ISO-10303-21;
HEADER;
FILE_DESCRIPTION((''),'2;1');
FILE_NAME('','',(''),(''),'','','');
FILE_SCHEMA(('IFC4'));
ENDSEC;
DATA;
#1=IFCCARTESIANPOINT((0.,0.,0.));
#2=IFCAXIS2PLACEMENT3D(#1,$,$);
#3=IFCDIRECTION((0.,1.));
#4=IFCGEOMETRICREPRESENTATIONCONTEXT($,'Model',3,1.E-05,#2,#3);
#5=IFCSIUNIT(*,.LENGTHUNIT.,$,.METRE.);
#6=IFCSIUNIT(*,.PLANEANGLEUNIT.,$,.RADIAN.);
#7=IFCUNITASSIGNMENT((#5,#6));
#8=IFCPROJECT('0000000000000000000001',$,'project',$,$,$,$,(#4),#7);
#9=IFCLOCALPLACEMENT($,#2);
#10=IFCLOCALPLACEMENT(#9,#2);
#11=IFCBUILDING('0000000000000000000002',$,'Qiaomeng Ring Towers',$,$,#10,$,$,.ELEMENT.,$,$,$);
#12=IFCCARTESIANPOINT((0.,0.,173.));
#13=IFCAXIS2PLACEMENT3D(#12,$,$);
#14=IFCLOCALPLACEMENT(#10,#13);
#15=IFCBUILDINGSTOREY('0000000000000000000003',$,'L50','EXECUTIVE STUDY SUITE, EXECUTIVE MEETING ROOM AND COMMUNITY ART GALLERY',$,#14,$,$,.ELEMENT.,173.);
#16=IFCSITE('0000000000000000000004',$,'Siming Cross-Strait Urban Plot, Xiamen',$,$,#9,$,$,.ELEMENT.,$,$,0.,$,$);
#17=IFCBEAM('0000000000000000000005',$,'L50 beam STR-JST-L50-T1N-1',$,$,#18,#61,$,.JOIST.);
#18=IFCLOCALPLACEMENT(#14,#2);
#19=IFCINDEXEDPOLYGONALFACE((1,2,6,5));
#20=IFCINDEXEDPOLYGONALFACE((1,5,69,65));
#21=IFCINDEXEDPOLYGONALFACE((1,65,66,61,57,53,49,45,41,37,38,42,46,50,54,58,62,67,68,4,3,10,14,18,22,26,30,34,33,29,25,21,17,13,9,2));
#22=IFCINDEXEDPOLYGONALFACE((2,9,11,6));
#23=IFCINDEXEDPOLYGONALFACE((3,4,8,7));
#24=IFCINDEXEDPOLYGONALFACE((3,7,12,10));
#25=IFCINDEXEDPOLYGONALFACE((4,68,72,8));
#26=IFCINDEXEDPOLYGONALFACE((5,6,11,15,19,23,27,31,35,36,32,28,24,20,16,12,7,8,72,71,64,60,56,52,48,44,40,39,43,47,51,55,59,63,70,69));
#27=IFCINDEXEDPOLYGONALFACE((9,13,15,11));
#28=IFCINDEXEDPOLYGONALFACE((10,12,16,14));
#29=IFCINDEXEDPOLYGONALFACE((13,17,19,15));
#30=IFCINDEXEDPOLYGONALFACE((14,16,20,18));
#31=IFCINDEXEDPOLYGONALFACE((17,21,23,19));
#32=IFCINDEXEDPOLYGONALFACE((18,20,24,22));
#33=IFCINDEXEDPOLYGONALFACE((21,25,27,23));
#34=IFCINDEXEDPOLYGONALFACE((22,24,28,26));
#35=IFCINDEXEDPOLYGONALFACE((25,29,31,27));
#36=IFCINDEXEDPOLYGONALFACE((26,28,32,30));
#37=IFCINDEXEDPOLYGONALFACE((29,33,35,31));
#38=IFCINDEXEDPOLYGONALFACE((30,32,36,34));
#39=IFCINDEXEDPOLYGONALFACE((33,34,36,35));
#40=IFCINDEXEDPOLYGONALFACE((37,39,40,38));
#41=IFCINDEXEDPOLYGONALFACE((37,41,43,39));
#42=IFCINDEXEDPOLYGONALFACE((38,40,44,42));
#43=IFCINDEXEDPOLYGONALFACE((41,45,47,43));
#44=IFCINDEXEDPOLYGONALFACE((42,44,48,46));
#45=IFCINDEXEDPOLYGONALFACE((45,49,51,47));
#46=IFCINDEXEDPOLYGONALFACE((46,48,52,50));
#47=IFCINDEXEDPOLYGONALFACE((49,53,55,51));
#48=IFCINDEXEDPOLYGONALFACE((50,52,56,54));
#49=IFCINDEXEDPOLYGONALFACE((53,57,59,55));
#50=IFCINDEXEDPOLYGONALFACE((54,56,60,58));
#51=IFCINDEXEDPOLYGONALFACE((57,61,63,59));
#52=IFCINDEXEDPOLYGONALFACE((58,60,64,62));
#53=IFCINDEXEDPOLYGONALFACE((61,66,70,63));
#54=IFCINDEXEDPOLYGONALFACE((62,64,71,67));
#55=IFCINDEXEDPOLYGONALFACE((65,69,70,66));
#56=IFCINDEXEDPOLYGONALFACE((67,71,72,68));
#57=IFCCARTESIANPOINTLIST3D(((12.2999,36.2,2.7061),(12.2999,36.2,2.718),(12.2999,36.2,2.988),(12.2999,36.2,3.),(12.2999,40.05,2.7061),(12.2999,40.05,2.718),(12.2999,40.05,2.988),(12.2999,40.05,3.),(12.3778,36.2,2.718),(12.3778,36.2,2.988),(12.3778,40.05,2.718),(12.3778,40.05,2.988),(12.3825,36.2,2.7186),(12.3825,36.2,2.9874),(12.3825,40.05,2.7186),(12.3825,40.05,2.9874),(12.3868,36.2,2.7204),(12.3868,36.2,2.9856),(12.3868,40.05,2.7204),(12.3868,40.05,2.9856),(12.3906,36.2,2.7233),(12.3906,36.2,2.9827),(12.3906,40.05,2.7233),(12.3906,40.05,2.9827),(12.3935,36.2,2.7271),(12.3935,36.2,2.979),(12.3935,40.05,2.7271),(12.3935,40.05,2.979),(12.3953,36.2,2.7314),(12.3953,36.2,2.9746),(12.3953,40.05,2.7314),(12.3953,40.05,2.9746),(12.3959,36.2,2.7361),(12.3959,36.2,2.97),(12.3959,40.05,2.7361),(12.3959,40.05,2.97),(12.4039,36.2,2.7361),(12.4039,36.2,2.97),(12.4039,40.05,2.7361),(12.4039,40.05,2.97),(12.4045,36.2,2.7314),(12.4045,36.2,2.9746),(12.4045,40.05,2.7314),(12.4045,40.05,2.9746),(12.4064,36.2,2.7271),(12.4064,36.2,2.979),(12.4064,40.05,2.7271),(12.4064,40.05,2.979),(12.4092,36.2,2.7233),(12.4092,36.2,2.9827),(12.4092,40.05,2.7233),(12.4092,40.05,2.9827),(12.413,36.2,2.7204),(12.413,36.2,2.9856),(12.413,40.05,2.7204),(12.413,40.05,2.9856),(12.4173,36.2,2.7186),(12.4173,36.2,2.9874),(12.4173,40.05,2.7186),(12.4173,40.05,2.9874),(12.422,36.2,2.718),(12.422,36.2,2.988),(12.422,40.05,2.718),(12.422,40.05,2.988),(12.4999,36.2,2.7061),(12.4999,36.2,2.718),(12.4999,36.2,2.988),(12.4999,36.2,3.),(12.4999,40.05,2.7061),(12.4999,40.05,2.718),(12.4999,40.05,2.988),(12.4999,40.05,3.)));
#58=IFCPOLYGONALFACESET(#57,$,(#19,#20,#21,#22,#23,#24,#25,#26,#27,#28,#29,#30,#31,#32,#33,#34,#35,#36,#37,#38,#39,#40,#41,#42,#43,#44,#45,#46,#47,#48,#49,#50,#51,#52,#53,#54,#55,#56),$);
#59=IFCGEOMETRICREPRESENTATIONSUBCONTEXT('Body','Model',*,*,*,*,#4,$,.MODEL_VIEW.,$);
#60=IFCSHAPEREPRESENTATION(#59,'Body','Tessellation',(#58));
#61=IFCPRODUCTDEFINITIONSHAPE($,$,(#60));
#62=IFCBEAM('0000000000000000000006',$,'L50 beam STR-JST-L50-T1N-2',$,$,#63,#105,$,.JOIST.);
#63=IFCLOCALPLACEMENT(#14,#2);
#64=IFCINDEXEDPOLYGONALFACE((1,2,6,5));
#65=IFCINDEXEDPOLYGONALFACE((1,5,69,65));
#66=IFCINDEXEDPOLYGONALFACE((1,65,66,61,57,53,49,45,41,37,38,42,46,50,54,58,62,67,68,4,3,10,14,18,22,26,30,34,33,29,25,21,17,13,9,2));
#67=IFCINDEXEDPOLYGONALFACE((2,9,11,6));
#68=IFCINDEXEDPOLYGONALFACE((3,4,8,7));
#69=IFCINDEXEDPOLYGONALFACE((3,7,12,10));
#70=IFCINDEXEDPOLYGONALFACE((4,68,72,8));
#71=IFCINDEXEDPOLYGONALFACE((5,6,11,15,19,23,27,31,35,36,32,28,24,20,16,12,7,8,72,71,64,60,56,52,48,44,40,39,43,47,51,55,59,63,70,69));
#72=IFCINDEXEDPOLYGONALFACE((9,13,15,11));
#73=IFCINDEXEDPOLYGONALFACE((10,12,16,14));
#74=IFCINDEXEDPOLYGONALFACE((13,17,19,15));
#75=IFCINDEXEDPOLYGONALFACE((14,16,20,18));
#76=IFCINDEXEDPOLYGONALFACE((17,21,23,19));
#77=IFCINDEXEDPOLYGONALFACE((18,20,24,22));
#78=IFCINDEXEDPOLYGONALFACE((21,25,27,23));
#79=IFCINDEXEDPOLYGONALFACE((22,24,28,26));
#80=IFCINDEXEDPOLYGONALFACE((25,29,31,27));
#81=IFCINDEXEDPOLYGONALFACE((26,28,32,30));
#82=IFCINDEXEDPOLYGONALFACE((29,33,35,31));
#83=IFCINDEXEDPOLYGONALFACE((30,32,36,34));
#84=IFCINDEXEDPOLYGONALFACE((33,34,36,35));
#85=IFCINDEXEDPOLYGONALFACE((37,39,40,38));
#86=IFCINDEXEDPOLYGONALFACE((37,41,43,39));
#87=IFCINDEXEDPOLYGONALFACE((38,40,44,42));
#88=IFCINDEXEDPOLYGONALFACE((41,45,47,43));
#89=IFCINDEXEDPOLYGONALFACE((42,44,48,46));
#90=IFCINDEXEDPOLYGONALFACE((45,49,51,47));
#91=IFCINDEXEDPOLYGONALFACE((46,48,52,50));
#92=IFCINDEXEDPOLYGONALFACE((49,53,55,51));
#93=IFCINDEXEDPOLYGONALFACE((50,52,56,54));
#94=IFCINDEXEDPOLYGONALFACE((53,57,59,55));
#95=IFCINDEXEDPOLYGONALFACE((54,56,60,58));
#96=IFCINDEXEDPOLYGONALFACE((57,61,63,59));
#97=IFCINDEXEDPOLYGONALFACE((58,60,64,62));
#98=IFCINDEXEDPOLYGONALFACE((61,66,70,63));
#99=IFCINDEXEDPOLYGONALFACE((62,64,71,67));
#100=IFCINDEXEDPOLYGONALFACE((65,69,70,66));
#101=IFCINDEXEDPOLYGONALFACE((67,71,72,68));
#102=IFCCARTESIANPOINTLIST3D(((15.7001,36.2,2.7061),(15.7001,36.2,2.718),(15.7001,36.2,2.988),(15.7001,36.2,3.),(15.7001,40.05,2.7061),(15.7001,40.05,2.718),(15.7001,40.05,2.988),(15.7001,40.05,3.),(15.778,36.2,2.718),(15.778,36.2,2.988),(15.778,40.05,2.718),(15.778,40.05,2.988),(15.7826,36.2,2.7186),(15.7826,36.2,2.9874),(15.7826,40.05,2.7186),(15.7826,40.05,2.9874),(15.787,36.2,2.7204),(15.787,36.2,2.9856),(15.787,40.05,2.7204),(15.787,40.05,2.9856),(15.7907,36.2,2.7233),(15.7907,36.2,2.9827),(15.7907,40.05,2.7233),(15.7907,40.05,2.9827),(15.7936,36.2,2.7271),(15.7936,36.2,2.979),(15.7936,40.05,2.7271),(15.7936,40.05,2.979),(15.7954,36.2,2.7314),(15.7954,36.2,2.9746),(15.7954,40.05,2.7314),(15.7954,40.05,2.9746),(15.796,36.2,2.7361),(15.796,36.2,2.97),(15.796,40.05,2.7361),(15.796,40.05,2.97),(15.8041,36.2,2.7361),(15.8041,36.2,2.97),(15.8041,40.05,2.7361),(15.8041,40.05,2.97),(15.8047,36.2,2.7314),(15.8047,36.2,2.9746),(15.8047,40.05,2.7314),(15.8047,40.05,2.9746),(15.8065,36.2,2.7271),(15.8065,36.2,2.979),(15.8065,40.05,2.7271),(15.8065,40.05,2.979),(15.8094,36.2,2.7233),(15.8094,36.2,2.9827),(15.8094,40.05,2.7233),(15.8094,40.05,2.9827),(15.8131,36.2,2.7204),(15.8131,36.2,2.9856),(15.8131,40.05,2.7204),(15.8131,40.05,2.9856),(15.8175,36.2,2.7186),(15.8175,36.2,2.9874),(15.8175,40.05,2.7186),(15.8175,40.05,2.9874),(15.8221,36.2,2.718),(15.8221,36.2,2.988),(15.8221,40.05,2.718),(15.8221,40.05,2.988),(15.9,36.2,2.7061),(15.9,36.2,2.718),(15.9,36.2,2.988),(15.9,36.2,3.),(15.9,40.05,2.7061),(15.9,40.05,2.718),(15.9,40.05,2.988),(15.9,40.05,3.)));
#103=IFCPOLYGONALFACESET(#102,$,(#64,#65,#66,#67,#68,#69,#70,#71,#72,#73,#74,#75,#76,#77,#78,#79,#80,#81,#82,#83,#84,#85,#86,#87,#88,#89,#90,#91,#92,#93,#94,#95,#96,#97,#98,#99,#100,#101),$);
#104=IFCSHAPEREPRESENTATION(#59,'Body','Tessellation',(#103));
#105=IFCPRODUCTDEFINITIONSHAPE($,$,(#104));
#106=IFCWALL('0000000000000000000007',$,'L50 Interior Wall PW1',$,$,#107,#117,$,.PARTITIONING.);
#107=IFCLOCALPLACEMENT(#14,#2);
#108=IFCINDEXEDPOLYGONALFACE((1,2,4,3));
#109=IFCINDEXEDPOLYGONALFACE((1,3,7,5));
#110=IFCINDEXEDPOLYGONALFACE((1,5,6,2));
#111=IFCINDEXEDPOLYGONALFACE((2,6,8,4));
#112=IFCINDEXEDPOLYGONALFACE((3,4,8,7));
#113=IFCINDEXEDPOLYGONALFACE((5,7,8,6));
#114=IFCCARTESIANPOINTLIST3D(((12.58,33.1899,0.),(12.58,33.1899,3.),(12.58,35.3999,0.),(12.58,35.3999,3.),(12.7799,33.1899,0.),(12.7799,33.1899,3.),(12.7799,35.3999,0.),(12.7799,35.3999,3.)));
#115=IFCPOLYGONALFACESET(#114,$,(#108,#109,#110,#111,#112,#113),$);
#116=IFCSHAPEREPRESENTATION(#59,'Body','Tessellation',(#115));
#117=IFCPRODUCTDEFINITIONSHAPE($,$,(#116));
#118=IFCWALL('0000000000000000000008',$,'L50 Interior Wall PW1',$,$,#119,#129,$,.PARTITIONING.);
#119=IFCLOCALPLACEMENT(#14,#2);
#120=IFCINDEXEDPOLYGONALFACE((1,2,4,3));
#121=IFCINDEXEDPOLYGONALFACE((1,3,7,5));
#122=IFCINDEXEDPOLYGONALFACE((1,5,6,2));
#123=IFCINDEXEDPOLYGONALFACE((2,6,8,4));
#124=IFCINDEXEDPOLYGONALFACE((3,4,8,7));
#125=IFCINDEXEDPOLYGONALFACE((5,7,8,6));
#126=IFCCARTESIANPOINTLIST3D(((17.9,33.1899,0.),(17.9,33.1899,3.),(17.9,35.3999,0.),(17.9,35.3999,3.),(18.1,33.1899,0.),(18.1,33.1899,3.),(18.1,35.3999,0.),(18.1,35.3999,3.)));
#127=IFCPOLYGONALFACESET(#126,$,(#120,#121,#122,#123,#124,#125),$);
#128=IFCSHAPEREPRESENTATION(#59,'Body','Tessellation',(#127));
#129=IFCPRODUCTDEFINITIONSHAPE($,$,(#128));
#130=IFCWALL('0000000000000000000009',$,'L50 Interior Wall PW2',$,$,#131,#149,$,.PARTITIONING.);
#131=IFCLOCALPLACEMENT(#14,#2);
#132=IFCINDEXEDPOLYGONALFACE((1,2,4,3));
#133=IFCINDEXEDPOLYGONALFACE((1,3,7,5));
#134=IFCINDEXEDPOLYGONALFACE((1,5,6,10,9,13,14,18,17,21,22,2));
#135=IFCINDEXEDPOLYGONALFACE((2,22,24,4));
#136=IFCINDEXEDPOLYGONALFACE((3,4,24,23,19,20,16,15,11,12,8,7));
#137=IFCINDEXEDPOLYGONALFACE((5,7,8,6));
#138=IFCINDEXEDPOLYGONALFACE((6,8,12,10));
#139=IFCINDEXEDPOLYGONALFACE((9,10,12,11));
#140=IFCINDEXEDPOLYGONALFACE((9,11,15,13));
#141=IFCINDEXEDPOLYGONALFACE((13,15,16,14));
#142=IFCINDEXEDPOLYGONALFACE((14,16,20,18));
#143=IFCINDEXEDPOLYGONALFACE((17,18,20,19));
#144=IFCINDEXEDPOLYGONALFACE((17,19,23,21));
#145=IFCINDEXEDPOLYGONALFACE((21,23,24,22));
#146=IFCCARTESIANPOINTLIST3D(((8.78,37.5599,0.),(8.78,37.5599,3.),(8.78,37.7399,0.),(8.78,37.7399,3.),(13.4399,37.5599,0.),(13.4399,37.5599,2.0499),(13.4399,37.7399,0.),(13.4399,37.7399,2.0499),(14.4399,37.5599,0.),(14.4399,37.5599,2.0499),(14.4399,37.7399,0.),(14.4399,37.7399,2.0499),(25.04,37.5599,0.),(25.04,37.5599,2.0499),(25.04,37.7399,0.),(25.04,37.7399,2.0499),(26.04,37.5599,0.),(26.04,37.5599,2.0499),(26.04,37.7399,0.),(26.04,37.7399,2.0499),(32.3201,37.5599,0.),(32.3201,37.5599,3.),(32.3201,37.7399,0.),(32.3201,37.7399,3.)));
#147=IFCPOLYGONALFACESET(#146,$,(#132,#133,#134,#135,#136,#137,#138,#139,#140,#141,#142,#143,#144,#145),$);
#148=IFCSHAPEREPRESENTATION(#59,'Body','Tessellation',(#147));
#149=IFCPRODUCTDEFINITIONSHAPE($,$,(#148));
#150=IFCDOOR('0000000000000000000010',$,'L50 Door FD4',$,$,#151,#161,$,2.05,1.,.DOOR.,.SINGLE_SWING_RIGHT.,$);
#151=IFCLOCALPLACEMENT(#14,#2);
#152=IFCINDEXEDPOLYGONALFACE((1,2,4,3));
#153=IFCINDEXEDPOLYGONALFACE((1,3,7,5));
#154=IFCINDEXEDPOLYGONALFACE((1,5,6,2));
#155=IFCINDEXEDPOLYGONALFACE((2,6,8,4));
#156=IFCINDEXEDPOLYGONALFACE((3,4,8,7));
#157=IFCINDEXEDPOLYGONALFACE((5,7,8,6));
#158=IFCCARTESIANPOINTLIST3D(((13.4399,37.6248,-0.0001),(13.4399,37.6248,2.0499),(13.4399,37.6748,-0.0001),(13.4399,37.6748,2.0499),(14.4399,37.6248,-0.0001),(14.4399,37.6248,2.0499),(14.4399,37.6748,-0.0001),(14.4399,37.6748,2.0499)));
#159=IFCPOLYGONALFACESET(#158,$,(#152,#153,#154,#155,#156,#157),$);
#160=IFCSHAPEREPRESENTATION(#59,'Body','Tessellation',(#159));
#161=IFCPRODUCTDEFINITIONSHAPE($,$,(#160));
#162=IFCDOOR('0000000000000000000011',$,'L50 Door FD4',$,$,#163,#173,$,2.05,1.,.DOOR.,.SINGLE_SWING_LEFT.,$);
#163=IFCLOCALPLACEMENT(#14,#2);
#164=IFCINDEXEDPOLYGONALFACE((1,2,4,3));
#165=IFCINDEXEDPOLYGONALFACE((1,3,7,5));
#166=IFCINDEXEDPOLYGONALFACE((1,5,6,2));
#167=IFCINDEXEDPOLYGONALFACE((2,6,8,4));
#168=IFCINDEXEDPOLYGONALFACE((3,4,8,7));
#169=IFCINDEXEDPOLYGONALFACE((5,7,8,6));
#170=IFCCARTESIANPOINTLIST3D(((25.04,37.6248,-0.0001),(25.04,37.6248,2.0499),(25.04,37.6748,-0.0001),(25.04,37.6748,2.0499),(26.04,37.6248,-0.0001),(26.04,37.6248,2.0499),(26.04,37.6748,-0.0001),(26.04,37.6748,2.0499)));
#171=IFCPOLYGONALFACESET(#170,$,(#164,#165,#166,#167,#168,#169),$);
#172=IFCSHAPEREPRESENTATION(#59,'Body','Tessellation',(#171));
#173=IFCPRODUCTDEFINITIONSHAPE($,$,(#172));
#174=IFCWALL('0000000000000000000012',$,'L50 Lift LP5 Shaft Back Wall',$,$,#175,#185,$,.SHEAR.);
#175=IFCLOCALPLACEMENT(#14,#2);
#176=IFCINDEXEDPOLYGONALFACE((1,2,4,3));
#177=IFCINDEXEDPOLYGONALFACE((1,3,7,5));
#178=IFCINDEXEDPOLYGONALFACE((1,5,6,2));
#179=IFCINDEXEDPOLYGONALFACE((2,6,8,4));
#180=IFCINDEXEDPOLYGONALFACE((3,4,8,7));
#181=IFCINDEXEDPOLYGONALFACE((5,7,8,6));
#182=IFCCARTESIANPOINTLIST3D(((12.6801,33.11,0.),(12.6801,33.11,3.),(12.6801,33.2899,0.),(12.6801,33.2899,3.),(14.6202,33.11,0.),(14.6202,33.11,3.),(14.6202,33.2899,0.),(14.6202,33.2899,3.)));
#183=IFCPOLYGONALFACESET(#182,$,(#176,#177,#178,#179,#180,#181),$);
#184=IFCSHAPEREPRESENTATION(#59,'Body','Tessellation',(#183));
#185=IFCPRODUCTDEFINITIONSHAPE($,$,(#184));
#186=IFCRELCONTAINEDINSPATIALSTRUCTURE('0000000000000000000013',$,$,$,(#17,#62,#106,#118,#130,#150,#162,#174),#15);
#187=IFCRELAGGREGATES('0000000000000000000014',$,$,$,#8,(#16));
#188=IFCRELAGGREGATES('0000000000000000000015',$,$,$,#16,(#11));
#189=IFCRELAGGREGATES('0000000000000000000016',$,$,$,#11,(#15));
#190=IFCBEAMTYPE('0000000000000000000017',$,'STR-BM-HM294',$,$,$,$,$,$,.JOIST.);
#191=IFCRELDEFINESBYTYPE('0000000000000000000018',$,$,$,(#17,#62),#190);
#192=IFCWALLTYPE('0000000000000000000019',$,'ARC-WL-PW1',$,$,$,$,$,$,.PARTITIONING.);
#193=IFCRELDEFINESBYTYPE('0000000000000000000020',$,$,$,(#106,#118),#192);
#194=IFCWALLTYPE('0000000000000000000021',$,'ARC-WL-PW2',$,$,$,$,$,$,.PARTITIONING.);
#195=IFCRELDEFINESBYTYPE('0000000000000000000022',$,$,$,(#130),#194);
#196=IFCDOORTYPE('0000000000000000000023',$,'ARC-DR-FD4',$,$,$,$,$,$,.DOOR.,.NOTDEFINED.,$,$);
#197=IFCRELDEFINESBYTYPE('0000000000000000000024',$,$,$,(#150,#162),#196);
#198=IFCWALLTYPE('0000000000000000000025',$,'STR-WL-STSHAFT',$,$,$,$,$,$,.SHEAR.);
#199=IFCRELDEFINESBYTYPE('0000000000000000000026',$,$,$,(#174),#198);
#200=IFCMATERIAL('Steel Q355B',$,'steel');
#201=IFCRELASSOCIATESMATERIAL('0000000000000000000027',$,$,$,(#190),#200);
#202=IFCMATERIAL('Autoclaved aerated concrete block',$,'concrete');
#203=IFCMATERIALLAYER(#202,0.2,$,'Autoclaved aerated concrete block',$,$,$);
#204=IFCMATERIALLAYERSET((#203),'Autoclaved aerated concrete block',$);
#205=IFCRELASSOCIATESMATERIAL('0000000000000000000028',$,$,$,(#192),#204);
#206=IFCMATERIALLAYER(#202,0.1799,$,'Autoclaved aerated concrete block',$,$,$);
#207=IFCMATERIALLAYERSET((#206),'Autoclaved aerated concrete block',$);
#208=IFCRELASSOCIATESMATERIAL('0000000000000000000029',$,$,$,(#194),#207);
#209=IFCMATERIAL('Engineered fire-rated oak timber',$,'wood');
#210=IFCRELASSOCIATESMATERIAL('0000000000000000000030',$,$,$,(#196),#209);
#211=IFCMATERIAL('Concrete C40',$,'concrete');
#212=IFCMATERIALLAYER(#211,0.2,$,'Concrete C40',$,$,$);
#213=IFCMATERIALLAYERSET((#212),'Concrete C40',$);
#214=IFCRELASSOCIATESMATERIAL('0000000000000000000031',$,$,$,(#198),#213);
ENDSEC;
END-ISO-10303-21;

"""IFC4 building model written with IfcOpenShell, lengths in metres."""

from ifc_helpers import new_model, si_unit, direction, frame, frame_2d, origin, origin_2d, place, context, subcontext, project, spatial, rectangle, i_section, extrude, source, transform, mapped, material, layer, layer_set, material_profile, profile_set, type_object, element, fill, save


model = new_model("IFC4")

# Units and contexts
model_context = context("Model", 3, precision=1e-05, world=origin(), true_north=direction((0.0, 1.0)))
body_context = subcontext(model_context, "Body", "Model", "MODEL_VIEW")
ifc_project = project(units=[si_unit("LENGTHUNIT", "METRE"), si_unit("PLANEANGLEUNIT", "RADIAN")], contexts=[model_context])

# Site, building, storey
site_placement = place(None, origin())
site = spatial("IfcSite", under=ifc_project, at=site_placement, Name="Siming Cross-Strait Urban Plot, Xiamen", CompositionType="ELEMENT", RefElevation=0.0)
building_placement = place(site_placement, origin())
building = spatial("IfcBuilding", under=site, at=building_placement, Name="Qiaomeng Ring Towers", CompositionType="ELEMENT")
storey_placement = place(building_placement, frame((0.0, 0.0, 173.0)))
storey = spatial("IfcBuildingStorey", under=building, at=storey_placement, Name="L50", Description="EXECUTIVE STUDY SUITE, EXECUTIVE MEETING ROOM AND COMMUNITY ART GALLERY", CompositionType="ELEMENT", Elevation=173.0)

# Beams
ifc_material_1 = material(Name="Steel Q355B", Category="steel")
ifc_material_profile = material_profile(ifc_material_1, i_section(OverallWidth=0.2, OverallDepth=0.2939, WebThickness=0.0081, FlangeThickness=0.012, FilletRadius=0.0181, at=origin_2d()), Name="HM 294x200x8x12")
ifc_profile_set = profile_set([ifc_material_profile], Name="Steel Q355B")
beam_type = type_object("IfcBeamType", Name="STR-BM-HM294", PredefinedType="JOIST", material=ifc_profile_set)
shared_shape_1 = source(origin(), body_context, "Body", "SweptSolid", [
    extrude(i_section(OverallWidth=0.2, OverallDepth=0.2939, WebThickness=0.0081, FlangeThickness=0.012, FilletRadius=0.0181, at=origin_2d()), origin(), (0.0, 0.0, 1.0), 3.8501),
])
for number, where, z_axis, x_axis, name in (
    (1, (12.3999, 36.2, 2.853), (0.0, 1.0, 0.0), (-1.0, 0.0, 0.0), "L50 beam STR-JST-L50-T1N-1"),
    (2, (15.8, 36.2, 2.853), (0.0, 1.0, 0.0), (-1.0, 0.0, 0.0), "L50 beam STR-JST-L50-T1N-2"),
):
    element("IfcBeam", number, at=place(storey_placement, frame(where, z_axis=z_axis, x_axis=x_axis)), inside=storey, type_object=beam_type, Name=name, PredefinedType="JOIST", context=body_context, shape_type="MappedRepresentation", body=[
        mapped(shared_shape_1, transform((0.0, 0.0, 0.0), x_axis=(1.0, 0.0, 0.0), y_axis=(0.0, 1.0, 0.0), z_axis=(0.0, 0.0, 1.0), scale=1.0)),
    ])

# Walls
ifc_material_2 = material(Name="Autoclaved aerated concrete block", Category="concrete")
ifc_layer_1 = layer(ifc_material_2, 0.2, Name="Autoclaved aerated concrete block")
ifc_layer_set_1 = layer_set([ifc_layer_1], Name="Autoclaved aerated concrete block")
wall_type_1 = type_object("IfcWallType", Name="ARC-WL-PW1", PredefinedType="PARTITIONING", material=ifc_layer_set_1)
for number, where, z_axis, x_axis, name in (
    (3, (12.6799, 33.1899, 0.0), (0.0, 0.0, 1.0), (0.0, 1.0, 0.0), "L50 Interior Wall PW1"),
    (4, (18.0, 33.1899, 0.0), (0.0, 0.0, 1.0), (0.0, 1.0, 0.0), "L50 Interior Wall PW1"),
):
    element("IfcWall", number, at=place(storey_placement, frame(where, z_axis=z_axis, x_axis=x_axis)), inside=storey, type_object=wall_type_1, Name=name, PredefinedType="PARTITIONING", context=body_context, shape_type="SweptSolid", body=[
        extrude(rectangle(XDim=2.21, YDim=0.2, at=frame_2d((1.105, 0.0))), origin(), (0.0, 0.0, 1.0), 3.0),
    ])

# Wall, openings, doors
ifc_layer_2 = layer(ifc_material_2, 0.1799, Name="Autoclaved aerated concrete block")
ifc_layer_set_2 = layer_set([ifc_layer_2], Name="Autoclaved aerated concrete block")
wall_type_2 = type_object("IfcWallType", Name="ARC-WL-PW2", PredefinedType="PARTITIONING", material=ifc_layer_set_2)
wall_1_placement = place(storey_placement, frame((8.78, 37.6499, 0.0), z_axis=(0.0, 0.0, 1.0), x_axis=(1.0, 0.0, 0.0)))
wall_1 = element("IfcWall", 5, at=wall_1_placement, inside=storey, type_object=wall_type_2, Name="L50 Interior Wall PW2", PredefinedType="PARTITIONING", context=body_context, shape_type="SweptSolid", body=[
    extrude(rectangle(XDim=23.54, YDim=0.1799, at=frame_2d((11.77, 0.0))), origin(), (0.0, 0.0, 1.0), 3.0),
])
opening_1_placement = place(wall_1_placement, frame((4.6599, 0.0, 0.0)))
opening_1 = element("IfcOpeningElement", 6, at=opening_1_placement, cuts=wall_1, PredefinedType="OPENING", context=body_context, shape_type="SweptSolid", body=[
    extrude(rectangle(XDim=1.0, YDim=2.05, at=frame_2d((0.5, 1.0249))), frame((0.0, 0.0999, 0.0), z_axis=(0.0, -1.0, 0.0), x_axis=(1.0, 0.0, 0.0)), (0.0, 0.0, 1.0), 0.2),
])
opening_2_placement = place(wall_1_placement, frame((16.26, 0.0, 0.0)))
opening_2 = element("IfcOpeningElement", 7, at=opening_2_placement, cuts=wall_1, PredefinedType="OPENING", context=body_context, shape_type="SweptSolid", body=[
    extrude(rectangle(XDim=1.0, YDim=2.05, at=frame_2d((0.5, 1.0249))), frame((0.0, 0.0999, 0.0), z_axis=(0.0, -1.0, 0.0), x_axis=(1.0, 0.0, 0.0)), (0.0, 0.0, 1.0), 0.2),
])
ifc_material_3 = material(Name="Engineered fire-rated oak timber", Category="wood")
door_type_1 = type_object("IfcDoorType", Name="ARC-DR-FD4", OperationType="NOTDEFINED", PredefinedType="DOOR", material=ifc_material_3)
shared_shape_2 = source(origin(), body_context, "Body", "SweptSolid", [
    extrude(rectangle(XDim=1.0, YDim=2.05, at=frame_2d((0.5, 1.0249))), frame((0.0, 0.0249, 0.0), z_axis=(0.0, -1.0, 0.0), x_axis=(1.0, 0.0, 0.0)), (0.0, 0.0, 1.0), 0.05),
])
door_1_placement = place(opening_1_placement, origin())
door_1 = element("IfcDoor", 8, at=door_1_placement, inside=storey, type_object=door_type_1, Name="L50 Door FD4", OperationType="SINGLE_SWING_RIGHT", OverallHeight=2.05, OverallWidth=1.0, PredefinedType="DOOR", context=body_context, shape_type="MappedRepresentation", body=[
    mapped(shared_shape_2, transform((0.0, 0.0, 0.0), x_axis=(1.0, 0.0, 0.0), y_axis=(0.0, 1.0, 0.0), z_axis=(0.0, 0.0, 1.0), scale=1.0)),
])
fill(opening_1, door_1)
door_2_placement = place(opening_2_placement, origin())
door_2 = element("IfcDoor", 9, at=door_2_placement, inside=storey, type_object=door_type_1, Name="L50 Door FD4", OperationType="SINGLE_SWING_LEFT", OverallHeight=2.05, OverallWidth=1.0, PredefinedType="DOOR", context=body_context, shape_type="MappedRepresentation", body=[
    mapped(shared_shape_2, transform((0.0, 0.0, 0.0), x_axis=(1.0, 0.0, 0.0), y_axis=(0.0, 1.0, 0.0), z_axis=(0.0, 0.0, 1.0), scale=1.0)),
])
fill(opening_2, door_2)

# Wall
ifc_material_4 = material(Name="Concrete C40", Category="concrete")
ifc_layer_3 = layer(ifc_material_4, 0.2, Name="Concrete C40")
ifc_layer_set_3 = layer_set([ifc_layer_3], Name="Concrete C40")
wall_type_3 = type_object("IfcWallType", Name="STR-WL-STSHAFT", PredefinedType="SHEAR", material=ifc_layer_set_3)
wall_2_placement = place(storey_placement, frame((12.6799, 33.2, 0.0), z_axis=(0.0, 0.0, 1.0), x_axis=(1.0, 0.0, 0.0)))
element("IfcWall", 10, at=wall_2_placement, inside=storey, type_object=wall_type_3, Name="L50 Lift LP5 Shaft Back Wall", PredefinedType="SHEAR", context=body_context, shape_type="SweptSolid", body=[
    extrude(rectangle(XDim=1.9402, YDim=0.1799, at=frame_2d((0.9702, 0.0))), origin(), (0.0, 0.0, 1.0), 3.0),
])

save(model, "model.ifc")
